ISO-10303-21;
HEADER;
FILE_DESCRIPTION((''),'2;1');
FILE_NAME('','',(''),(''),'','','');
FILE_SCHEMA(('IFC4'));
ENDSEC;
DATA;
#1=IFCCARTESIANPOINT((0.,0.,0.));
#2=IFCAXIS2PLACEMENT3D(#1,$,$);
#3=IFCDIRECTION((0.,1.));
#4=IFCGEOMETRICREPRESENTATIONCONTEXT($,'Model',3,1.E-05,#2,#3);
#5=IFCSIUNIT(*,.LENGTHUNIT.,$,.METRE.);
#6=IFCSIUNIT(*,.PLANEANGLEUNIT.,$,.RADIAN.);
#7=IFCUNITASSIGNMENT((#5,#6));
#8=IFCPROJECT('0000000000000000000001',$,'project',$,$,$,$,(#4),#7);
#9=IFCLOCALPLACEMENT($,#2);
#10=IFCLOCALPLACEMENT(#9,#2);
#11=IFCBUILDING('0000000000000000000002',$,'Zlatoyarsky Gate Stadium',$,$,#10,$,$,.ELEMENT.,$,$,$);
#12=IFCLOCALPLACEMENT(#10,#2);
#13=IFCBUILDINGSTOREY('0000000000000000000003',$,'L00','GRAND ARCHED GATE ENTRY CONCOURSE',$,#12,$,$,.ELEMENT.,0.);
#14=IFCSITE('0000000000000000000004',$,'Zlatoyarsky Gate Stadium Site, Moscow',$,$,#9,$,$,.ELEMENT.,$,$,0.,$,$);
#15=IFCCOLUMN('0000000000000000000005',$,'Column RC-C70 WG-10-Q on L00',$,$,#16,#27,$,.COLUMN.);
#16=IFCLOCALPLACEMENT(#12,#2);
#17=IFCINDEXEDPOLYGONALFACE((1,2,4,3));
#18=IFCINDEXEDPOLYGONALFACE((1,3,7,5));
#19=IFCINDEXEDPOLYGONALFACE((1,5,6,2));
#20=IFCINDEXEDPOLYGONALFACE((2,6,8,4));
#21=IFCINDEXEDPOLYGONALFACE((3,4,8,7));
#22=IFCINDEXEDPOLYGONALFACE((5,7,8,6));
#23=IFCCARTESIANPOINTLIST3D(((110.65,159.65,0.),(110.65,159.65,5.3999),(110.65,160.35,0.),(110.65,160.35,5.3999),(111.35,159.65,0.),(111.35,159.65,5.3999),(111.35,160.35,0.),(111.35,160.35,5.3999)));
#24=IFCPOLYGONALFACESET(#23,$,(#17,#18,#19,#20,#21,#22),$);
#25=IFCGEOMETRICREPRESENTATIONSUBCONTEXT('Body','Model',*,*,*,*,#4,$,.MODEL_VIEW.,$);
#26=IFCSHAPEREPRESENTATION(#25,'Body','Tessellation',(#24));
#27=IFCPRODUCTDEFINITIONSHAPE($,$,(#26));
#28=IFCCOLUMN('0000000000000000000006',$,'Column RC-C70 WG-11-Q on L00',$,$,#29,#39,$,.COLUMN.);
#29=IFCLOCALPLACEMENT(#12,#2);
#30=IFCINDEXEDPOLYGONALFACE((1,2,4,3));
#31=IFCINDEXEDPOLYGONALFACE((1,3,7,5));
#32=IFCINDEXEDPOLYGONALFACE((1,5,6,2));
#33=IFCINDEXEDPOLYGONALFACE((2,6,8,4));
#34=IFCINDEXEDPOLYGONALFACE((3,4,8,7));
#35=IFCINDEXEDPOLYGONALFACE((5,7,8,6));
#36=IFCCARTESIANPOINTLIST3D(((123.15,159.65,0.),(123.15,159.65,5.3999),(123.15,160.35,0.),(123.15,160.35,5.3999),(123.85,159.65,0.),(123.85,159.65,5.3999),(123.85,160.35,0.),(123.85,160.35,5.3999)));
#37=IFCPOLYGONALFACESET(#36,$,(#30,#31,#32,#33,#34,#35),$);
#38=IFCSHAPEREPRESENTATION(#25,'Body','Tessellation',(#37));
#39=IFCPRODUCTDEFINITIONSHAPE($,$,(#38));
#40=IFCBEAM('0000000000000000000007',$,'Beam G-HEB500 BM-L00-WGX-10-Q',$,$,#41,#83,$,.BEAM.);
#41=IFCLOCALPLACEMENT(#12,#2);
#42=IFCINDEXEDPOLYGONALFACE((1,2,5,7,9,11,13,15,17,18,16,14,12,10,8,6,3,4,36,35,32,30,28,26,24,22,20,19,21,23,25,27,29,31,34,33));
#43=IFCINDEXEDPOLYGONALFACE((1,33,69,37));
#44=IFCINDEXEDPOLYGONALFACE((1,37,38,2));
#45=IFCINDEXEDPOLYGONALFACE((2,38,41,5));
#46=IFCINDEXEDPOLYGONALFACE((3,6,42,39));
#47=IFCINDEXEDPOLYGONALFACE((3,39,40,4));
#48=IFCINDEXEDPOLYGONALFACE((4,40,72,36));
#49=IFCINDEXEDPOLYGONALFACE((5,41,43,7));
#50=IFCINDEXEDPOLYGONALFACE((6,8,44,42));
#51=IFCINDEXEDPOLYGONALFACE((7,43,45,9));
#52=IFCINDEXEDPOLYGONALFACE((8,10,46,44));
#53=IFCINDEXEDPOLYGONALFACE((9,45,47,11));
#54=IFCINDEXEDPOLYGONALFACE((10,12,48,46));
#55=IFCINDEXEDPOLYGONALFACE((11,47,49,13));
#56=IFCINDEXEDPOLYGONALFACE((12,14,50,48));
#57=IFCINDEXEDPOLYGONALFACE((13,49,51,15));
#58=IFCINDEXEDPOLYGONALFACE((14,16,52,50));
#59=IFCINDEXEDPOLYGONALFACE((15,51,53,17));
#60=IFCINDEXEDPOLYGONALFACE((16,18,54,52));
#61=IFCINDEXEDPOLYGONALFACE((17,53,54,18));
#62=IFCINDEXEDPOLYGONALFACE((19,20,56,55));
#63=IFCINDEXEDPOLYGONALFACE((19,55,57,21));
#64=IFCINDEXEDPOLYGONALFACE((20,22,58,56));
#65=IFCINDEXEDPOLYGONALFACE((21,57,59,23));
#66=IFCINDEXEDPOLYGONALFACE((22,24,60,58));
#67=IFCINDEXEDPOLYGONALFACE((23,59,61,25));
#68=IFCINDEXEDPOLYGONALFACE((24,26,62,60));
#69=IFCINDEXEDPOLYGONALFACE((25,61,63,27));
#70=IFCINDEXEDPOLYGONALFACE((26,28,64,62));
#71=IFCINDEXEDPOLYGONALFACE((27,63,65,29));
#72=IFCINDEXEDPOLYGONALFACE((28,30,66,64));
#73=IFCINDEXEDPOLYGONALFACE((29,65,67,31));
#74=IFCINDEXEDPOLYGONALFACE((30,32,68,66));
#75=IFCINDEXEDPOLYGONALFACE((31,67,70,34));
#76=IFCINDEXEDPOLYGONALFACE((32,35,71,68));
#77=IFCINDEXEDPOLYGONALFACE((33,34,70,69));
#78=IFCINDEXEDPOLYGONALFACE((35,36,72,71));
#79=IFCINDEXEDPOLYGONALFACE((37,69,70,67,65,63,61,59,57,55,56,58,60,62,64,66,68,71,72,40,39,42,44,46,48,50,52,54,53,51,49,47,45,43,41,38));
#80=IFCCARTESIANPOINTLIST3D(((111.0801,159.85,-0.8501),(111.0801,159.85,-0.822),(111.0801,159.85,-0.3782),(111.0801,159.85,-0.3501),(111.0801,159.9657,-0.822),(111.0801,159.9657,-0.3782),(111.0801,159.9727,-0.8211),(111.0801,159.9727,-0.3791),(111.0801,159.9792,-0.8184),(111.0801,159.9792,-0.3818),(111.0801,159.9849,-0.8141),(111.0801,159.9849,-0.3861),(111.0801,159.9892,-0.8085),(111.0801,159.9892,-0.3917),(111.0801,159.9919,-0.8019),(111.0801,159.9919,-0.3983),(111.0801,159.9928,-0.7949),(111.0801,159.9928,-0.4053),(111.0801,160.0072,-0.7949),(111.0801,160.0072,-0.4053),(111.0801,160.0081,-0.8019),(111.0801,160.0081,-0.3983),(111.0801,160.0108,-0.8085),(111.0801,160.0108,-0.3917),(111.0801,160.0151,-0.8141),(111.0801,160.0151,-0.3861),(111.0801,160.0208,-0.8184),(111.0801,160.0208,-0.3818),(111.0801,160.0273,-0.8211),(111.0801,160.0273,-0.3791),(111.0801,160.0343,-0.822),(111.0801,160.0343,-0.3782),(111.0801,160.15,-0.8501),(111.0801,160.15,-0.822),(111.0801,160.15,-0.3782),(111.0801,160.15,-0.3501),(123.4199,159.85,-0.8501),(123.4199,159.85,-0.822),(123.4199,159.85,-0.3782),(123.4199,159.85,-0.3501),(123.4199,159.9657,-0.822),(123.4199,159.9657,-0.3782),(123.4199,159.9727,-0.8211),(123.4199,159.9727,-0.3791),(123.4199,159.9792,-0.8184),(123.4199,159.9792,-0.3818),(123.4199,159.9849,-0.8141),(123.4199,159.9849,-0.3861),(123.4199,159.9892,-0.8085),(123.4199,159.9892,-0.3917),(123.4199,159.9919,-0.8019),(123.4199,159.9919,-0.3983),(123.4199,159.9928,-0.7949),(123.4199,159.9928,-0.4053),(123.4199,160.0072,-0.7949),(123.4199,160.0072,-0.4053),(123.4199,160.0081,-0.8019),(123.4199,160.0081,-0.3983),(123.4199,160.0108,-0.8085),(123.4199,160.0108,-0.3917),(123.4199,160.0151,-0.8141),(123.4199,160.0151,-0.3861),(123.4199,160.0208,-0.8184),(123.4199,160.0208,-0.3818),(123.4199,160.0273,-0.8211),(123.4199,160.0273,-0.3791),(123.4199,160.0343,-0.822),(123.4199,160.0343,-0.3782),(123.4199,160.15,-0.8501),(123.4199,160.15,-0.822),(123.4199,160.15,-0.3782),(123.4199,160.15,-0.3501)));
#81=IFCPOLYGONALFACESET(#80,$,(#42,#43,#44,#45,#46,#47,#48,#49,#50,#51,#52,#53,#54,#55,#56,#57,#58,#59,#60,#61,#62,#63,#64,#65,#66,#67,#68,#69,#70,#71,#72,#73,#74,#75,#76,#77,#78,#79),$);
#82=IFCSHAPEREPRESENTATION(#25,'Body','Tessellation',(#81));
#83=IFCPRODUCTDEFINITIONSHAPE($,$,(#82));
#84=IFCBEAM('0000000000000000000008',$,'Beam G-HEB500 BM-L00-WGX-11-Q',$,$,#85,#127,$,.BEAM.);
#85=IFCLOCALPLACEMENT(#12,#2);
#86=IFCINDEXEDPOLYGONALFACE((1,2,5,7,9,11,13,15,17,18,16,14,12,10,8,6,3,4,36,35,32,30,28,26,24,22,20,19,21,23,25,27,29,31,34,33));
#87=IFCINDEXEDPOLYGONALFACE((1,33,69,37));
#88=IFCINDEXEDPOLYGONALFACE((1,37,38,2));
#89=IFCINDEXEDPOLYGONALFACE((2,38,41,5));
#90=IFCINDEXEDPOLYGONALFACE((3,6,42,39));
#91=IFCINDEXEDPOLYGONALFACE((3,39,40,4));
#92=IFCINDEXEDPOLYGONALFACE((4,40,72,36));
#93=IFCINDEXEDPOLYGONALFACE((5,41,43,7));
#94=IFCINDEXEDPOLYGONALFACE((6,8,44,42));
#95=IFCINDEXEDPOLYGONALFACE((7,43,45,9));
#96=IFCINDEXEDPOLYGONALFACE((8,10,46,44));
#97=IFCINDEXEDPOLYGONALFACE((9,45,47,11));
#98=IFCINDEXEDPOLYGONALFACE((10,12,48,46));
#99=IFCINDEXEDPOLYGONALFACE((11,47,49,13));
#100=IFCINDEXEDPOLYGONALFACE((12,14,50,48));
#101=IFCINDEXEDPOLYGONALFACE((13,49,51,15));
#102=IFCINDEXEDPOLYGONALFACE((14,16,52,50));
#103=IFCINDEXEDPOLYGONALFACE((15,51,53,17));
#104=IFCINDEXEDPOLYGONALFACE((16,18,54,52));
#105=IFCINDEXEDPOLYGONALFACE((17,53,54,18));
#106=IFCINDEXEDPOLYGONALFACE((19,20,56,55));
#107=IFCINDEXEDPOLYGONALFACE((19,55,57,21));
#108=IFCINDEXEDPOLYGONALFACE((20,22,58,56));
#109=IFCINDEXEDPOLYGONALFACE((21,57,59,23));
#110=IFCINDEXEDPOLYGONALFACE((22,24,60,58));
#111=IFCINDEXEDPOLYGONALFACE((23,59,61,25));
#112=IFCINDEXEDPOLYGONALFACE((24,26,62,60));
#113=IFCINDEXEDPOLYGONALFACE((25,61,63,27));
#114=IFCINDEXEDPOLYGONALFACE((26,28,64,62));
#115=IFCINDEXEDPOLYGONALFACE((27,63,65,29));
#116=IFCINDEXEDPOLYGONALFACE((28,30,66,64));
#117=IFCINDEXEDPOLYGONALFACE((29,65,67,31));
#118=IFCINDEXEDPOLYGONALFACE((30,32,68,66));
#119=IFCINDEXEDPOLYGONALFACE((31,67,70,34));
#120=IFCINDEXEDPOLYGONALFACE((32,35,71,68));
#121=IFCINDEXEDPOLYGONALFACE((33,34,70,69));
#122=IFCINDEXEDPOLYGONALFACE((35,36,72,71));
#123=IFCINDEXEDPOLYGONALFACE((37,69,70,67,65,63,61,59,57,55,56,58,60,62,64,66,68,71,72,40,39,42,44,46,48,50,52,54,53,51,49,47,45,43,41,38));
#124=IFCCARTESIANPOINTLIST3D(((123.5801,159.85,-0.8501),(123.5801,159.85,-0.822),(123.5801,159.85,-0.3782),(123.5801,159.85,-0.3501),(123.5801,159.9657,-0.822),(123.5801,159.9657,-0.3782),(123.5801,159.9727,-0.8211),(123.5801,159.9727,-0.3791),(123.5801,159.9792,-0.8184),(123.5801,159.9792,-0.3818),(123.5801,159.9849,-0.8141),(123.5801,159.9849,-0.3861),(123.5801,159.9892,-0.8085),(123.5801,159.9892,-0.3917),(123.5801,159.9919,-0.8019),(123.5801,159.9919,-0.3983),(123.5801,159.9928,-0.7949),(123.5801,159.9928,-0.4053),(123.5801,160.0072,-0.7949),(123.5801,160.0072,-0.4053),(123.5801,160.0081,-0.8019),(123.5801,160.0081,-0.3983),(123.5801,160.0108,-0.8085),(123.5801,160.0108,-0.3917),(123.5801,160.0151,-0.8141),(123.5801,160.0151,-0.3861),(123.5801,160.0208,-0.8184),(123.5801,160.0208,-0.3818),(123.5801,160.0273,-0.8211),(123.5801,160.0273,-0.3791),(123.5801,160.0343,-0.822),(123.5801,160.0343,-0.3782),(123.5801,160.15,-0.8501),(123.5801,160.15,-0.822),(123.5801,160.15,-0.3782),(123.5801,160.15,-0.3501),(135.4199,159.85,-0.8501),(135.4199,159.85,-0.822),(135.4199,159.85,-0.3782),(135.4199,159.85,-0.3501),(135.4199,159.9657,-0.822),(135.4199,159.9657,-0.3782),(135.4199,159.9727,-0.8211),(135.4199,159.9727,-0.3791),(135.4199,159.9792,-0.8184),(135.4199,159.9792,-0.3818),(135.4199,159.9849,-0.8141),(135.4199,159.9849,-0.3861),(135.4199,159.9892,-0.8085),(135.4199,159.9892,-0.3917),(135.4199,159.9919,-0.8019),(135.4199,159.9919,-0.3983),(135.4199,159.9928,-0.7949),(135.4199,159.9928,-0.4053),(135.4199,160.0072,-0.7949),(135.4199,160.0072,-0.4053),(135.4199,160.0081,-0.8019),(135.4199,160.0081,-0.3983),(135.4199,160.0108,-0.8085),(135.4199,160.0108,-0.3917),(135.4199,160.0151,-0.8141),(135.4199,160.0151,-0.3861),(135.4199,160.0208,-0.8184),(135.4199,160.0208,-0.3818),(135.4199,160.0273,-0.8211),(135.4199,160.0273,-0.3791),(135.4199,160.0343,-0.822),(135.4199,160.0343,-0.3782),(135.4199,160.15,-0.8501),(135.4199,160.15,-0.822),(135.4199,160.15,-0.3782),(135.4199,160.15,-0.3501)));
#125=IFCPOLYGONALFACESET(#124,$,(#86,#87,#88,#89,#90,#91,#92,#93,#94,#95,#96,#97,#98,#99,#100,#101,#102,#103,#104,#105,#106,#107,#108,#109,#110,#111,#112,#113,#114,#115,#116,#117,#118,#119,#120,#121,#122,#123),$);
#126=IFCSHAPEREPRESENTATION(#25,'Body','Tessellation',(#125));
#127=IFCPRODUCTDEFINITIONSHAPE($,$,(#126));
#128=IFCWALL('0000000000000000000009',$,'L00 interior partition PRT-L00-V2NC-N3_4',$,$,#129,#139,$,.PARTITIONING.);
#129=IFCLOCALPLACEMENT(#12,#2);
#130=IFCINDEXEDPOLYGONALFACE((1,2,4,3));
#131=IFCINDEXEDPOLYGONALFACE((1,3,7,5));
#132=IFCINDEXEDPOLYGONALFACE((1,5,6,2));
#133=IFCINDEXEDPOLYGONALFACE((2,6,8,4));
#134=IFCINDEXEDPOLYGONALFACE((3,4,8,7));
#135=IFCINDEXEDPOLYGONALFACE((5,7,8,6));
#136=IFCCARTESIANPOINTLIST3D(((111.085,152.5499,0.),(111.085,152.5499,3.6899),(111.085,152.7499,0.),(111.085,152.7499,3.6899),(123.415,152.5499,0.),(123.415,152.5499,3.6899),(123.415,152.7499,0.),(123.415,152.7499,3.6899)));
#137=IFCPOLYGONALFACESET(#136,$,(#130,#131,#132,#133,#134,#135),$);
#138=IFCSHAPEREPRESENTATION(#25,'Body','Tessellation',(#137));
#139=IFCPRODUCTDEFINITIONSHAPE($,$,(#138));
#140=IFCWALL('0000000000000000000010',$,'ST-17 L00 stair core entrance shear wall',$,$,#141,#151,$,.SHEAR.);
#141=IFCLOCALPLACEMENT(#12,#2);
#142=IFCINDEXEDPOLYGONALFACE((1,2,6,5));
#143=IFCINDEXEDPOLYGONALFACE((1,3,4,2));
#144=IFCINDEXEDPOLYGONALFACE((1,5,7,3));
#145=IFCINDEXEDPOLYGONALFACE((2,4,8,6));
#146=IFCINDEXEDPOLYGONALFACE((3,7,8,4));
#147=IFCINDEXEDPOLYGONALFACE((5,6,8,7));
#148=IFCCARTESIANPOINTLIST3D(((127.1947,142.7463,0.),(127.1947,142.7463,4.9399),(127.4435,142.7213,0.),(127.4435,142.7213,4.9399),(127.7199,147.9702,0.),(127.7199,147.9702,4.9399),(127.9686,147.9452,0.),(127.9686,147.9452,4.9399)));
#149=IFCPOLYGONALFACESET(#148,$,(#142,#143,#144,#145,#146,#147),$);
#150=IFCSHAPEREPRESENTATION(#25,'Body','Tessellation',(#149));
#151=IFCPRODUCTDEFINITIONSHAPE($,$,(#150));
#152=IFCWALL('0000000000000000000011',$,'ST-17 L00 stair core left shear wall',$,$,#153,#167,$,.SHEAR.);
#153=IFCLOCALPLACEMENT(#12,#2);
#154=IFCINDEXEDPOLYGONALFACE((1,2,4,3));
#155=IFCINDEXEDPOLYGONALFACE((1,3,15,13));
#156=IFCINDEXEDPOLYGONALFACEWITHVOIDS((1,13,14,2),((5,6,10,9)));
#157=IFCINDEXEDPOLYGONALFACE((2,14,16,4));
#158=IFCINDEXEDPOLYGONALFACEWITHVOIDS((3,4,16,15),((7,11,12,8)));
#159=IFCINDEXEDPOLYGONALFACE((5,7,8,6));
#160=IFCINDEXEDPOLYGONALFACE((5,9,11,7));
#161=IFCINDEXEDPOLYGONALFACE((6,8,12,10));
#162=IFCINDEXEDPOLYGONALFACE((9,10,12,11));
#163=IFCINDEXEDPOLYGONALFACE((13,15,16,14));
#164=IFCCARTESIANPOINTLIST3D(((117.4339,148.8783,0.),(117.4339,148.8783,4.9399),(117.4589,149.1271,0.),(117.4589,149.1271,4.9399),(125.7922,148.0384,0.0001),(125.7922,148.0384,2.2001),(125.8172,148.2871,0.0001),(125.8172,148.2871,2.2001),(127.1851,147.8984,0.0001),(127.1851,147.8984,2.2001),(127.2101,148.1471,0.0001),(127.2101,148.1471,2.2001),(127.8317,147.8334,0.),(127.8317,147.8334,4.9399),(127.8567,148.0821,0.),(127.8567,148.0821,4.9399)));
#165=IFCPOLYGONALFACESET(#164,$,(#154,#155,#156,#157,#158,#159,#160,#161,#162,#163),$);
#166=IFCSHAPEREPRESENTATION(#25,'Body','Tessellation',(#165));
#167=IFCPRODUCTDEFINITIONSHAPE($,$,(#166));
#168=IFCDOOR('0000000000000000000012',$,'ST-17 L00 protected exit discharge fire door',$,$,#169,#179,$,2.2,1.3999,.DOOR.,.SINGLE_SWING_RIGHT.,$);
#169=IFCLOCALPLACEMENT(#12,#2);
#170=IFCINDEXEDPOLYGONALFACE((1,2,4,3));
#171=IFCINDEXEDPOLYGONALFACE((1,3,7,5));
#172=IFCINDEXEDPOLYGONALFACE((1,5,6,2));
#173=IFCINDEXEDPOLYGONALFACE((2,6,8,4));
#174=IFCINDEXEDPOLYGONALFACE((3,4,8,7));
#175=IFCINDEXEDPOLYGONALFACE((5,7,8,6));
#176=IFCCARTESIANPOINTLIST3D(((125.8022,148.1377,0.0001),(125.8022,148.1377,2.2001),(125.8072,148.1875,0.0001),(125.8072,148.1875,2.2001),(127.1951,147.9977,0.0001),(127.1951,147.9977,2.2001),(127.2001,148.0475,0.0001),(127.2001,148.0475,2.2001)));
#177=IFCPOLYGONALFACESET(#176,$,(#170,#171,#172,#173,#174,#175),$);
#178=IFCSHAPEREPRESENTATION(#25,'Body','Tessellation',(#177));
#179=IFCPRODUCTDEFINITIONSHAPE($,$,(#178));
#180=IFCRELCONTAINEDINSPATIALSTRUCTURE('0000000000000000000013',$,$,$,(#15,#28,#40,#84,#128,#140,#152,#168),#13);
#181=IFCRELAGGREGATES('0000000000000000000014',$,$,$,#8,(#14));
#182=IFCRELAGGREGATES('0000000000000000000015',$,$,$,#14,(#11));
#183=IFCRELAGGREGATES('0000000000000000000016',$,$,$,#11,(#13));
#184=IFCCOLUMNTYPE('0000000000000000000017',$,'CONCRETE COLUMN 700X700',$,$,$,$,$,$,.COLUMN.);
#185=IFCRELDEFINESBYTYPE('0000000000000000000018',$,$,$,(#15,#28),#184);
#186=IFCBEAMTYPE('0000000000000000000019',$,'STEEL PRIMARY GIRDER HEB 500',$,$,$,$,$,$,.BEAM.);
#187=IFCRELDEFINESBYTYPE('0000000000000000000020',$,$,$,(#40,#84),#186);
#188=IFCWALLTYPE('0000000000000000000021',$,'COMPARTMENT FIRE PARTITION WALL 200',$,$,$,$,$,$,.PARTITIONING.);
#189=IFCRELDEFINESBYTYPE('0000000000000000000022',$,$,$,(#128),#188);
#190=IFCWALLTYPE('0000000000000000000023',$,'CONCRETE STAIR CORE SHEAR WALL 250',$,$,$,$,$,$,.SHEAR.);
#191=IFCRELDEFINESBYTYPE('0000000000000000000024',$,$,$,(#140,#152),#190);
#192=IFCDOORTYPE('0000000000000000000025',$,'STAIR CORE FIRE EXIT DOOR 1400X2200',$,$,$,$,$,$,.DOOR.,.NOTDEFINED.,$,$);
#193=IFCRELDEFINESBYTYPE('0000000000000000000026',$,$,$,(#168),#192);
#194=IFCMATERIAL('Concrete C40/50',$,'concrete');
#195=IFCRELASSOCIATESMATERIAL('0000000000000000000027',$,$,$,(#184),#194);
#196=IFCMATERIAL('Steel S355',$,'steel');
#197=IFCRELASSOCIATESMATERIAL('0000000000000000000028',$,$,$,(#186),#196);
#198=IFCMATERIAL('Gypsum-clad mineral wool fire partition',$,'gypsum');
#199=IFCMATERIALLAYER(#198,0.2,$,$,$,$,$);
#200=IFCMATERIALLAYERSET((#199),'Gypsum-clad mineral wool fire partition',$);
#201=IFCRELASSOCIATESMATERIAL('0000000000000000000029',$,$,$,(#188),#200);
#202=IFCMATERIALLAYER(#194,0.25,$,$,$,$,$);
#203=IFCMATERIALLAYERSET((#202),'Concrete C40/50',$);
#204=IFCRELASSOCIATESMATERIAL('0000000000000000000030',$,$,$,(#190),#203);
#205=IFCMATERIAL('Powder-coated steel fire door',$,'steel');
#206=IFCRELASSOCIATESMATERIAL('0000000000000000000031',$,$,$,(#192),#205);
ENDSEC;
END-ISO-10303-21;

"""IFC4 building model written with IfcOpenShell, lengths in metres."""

from ifc_helpers import new_model, si_unit, direction, frame, frame_2d, origin, origin_2d, place, context, subcontext, project, spatial, rectangle, i_section, extrude, material, layer, layer_set, material_profile, profile_set, type_object, element, fill, save


model = new_model("IFC4")

# Units and contexts
model_context = context("Model", 3, precision=1e-05, world=origin(), true_north=direction((0.0, 1.0)))
body_context = subcontext(model_context, "Body", "Model", "MODEL_VIEW")
ifc_project = project(units=[si_unit("LENGTHUNIT", "METRE"), si_unit("PLANEANGLEUNIT", "RADIAN")], contexts=[model_context])

# Site, building, storey
site_placement = place(None, origin())
site = spatial("IfcSite", under=ifc_project, at=site_placement, Name="Zlatoyarsky Gate Stadium Site, Moscow", CompositionType="ELEMENT", RefElevation=0.0)
building_placement = place(site_placement, origin())
building = spatial("IfcBuilding", under=site, at=building_placement, Name="Zlatoyarsky Gate Stadium", CompositionType="ELEMENT")
storey_placement = place(building_placement, origin())
storey = spatial("IfcBuildingStorey", under=building, at=storey_placement, Name="L00", Description="GRAND ARCHED GATE ENTRY CONCOURSE", CompositionType="ELEMENT", Elevation=0.0)

# Columns
ifc_material_1 = material(Name="Concrete C40/50", Category="concrete")
ifc_material_profile_1 = material_profile(ifc_material_1, rectangle(XDim=0.7, YDim=0.7, at=origin_2d()), Name="RC COL 700X700")
ifc_profile_set_1 = profile_set([ifc_material_profile_1], Name="Concrete C40/50")
column_type = type_object("IfcColumnType", Name="CONCRETE COLUMN 700X700", PredefinedType="COLUMN", material=ifc_profile_set_1)
for number, where, z_axis, x_axis, name in (
    (1, (111.0, 160.0, 0.0), (0.0, 0.0, 1.0), (1.0, 0.0, 0.0), "Column RC-C70 WG-10-Q on L00"),
    (2, (123.5, 160.0, 0.0), (0.0, 0.0, 1.0), (1.0, 0.0, 0.0), "Column RC-C70 WG-11-Q on L00"),
):
    element("IfcColumn", number, at=place(storey_placement, frame(where, z_axis=z_axis, x_axis=x_axis)), inside=storey, type_object=column_type, Name=name, PredefinedType="COLUMN", context=body_context, shape_type="SweptSolid", body=[
        extrude(rectangle(XDim=0.7, YDim=0.7, at=origin_2d()), origin(), (0.0, 0.0, 1.0), 5.3999),
    ])

# Beams
ifc_material_2 = material(Name="Steel S355", Category="steel")
ifc_material_profile_2 = material_profile(ifc_material_2, i_section(OverallWidth=0.3, OverallDepth=0.5, WebThickness=0.0144, FlangeThickness=0.0281, FilletRadius=0.0271, at=origin_2d()), Name="HEB 500")
ifc_profile_set_2 = profile_set([ifc_material_profile_2], Name="Steel S355")
beam_type = type_object("IfcBeamType", Name="STEEL PRIMARY GIRDER HEB 500", PredefinedType="BEAM", material=ifc_profile_set_2)
beam_1_placement = place(storey_placement, frame((111.0801, 160.0, -0.6001), z_axis=(1.0, 0.0, 0.0), x_axis=(0.0, 1.0, 0.0)))
element("IfcBeam", 3, at=beam_1_placement, inside=storey, type_object=beam_type, Name="Beam G-HEB500 BM-L00-WGX-10-Q", PredefinedType="BEAM", context=body_context, shape_type="SweptSolid", body=[
    extrude(i_section(OverallWidth=0.3, OverallDepth=0.5, WebThickness=0.0144, FlangeThickness=0.0281, FilletRadius=0.0271, at=origin_2d()), origin(), (0.0, 0.0, 1.0), 12.3398),
])
beam_2_placement = place(storey_placement, frame((123.5801, 160.0, -0.6001), z_axis=(1.0, 0.0, 0.0), x_axis=(0.0, 1.0, 0.0)))
element("IfcBeam", 4, at=beam_2_placement, inside=storey, type_object=beam_type, Name="Beam G-HEB500 BM-L00-WGX-11-Q", PredefinedType="BEAM", context=body_context, shape_type="SweptSolid", body=[
    extrude(i_section(OverallWidth=0.3, OverallDepth=0.5, WebThickness=0.0144, FlangeThickness=0.0281, FilletRadius=0.0271, at=origin_2d()), origin(), (0.0, 0.0, 1.0), 11.8398),
])

# Walls
ifc_material_3 = material(Name="Gypsum-clad mineral wool fire partition", Category="gypsum")
ifc_layer_1 = layer(ifc_material_3, 0.2)
ifc_layer_set_1 = layer_set([ifc_layer_1], Name="Gypsum-clad mineral wool fire partition")
wall_type_1 = type_object("IfcWallType", Name="COMPARTMENT FIRE PARTITION WALL 200", PredefinedType="PARTITIONING", material=ifc_layer_set_1)
wall_1_placement = place(storey_placement, frame((111.085, 152.6499, 0.0), z_axis=(0.0, 0.0, 1.0), x_axis=(1.0, 0.0, 0.0)))
element("IfcWall", 5, at=wall_1_placement, inside=storey, type_object=wall_type_1, Name="L00 interior partition PRT-L00-V2NC-N3_4", PredefinedType="PARTITIONING", context=body_context, shape_type="SweptSolid", body=[
    extrude(rectangle(XDim=12.3301, YDim=0.2, at=frame_2d((6.165, 0.0))), origin(), (0.0, 0.0, 1.0), 3.6899),
])
ifc_layer_2 = layer(ifc_material_1, 0.25)
ifc_layer_set_2 = layer_set([ifc_layer_2], Name="Concrete C40/50")
wall_type_2 = type_object("IfcWallType", Name="CONCRETE STAIR CORE SHEAR WALL 250", PredefinedType="SHEAR", material=ifc_layer_set_2)
wall_2_placement = place(storey_placement, frame((127.3191, 142.7339, 0.0), z_axis=(0.0, 0.0, 1.0), x_axis=(0.100024, 0.994985, 0.0)))
element("IfcWall", 6, at=wall_2_placement, inside=storey, type_object=wall_type_2, Name="ST-17 L00 stair core entrance shear wall", PredefinedType="SHEAR", context=body_context, shape_type="SweptSolid", body=[
    extrude(rectangle(XDim=5.2502, YDim=0.25, at=frame_2d((2.625, 0.0))), origin(), (0.0, 0.0, 1.0), 4.9399),
])

# Wall, opening, door
wall_3_placement = place(storey_placement, frame((127.8442, 147.9578, 0.0), z_axis=(0.0, 0.0, 1.0), x_axis=(-0.994988, 0.099992, 0.0)))
wall_3 = element("IfcWall", 7, at=wall_3_placement, inside=storey, type_object=wall_type_2, Name="ST-17 L00 stair core left shear wall", PredefinedType="SHEAR", context=body_context, shape_type="SweptSolid", body=[
    extrude(rectangle(XDim=10.4502, YDim=0.25, at=frame_2d((5.2251, 0.0))), origin(), (0.0, 0.0, 1.0), 4.9399),
])
opening_1_placement = place(wall_3_placement, frame((0.6499, 0.0, 0.0)))
opening_1 = element("IfcOpeningElement", 8, at=opening_1_placement, cuts=wall_3, PredefinedType="OPENING", context=body_context, shape_type="SweptSolid", body=[
    extrude(rectangle(XDim=1.3999, YDim=2.2, at=frame_2d((0.7, 1.1001))), frame((0.0, 0.135, 0.0), z_axis=(0.0, -1.0, 0.0), x_axis=(1.0, 0.0, 0.0)), (0.0, 0.0, 1.0), 0.27),
])
ifc_material_4 = material(Name="Powder-coated steel fire door", Category="steel")
door_type_1 = type_object("IfcDoorType", Name="STAIR CORE FIRE EXIT DOOR 1400X2200", OperationType="NOTDEFINED", PredefinedType="DOOR", material=ifc_material_4)
door_1_placement = place(opening_1_placement, frame((1.3999, 0.0, 0.0), z_axis=(0.0, 0.0, 1.0), x_axis=(-1.0, 0.0, 0.0)))
door_1 = element("IfcDoor", 9, at=door_1_placement, inside=storey, type_object=door_type_1, Name="ST-17 L00 protected exit discharge fire door", OperationType="SINGLE_SWING_RIGHT", OverallHeight=2.2, OverallWidth=1.3999, PredefinedType="DOOR", context=body_context, shape_type="SweptSolid", body=[
    extrude(rectangle(XDim=1.3999, YDim=2.2, at=frame_2d((0.7, 1.1001))), frame((0.0, 0.0249, 0.0), z_axis=(0.0, -1.0, 0.0), x_axis=(1.0, 0.0, 0.0)), (0.0, 0.0, 1.0), 0.05),
])
fill(opening_1, door_1)

save(model, "model.ifc")
